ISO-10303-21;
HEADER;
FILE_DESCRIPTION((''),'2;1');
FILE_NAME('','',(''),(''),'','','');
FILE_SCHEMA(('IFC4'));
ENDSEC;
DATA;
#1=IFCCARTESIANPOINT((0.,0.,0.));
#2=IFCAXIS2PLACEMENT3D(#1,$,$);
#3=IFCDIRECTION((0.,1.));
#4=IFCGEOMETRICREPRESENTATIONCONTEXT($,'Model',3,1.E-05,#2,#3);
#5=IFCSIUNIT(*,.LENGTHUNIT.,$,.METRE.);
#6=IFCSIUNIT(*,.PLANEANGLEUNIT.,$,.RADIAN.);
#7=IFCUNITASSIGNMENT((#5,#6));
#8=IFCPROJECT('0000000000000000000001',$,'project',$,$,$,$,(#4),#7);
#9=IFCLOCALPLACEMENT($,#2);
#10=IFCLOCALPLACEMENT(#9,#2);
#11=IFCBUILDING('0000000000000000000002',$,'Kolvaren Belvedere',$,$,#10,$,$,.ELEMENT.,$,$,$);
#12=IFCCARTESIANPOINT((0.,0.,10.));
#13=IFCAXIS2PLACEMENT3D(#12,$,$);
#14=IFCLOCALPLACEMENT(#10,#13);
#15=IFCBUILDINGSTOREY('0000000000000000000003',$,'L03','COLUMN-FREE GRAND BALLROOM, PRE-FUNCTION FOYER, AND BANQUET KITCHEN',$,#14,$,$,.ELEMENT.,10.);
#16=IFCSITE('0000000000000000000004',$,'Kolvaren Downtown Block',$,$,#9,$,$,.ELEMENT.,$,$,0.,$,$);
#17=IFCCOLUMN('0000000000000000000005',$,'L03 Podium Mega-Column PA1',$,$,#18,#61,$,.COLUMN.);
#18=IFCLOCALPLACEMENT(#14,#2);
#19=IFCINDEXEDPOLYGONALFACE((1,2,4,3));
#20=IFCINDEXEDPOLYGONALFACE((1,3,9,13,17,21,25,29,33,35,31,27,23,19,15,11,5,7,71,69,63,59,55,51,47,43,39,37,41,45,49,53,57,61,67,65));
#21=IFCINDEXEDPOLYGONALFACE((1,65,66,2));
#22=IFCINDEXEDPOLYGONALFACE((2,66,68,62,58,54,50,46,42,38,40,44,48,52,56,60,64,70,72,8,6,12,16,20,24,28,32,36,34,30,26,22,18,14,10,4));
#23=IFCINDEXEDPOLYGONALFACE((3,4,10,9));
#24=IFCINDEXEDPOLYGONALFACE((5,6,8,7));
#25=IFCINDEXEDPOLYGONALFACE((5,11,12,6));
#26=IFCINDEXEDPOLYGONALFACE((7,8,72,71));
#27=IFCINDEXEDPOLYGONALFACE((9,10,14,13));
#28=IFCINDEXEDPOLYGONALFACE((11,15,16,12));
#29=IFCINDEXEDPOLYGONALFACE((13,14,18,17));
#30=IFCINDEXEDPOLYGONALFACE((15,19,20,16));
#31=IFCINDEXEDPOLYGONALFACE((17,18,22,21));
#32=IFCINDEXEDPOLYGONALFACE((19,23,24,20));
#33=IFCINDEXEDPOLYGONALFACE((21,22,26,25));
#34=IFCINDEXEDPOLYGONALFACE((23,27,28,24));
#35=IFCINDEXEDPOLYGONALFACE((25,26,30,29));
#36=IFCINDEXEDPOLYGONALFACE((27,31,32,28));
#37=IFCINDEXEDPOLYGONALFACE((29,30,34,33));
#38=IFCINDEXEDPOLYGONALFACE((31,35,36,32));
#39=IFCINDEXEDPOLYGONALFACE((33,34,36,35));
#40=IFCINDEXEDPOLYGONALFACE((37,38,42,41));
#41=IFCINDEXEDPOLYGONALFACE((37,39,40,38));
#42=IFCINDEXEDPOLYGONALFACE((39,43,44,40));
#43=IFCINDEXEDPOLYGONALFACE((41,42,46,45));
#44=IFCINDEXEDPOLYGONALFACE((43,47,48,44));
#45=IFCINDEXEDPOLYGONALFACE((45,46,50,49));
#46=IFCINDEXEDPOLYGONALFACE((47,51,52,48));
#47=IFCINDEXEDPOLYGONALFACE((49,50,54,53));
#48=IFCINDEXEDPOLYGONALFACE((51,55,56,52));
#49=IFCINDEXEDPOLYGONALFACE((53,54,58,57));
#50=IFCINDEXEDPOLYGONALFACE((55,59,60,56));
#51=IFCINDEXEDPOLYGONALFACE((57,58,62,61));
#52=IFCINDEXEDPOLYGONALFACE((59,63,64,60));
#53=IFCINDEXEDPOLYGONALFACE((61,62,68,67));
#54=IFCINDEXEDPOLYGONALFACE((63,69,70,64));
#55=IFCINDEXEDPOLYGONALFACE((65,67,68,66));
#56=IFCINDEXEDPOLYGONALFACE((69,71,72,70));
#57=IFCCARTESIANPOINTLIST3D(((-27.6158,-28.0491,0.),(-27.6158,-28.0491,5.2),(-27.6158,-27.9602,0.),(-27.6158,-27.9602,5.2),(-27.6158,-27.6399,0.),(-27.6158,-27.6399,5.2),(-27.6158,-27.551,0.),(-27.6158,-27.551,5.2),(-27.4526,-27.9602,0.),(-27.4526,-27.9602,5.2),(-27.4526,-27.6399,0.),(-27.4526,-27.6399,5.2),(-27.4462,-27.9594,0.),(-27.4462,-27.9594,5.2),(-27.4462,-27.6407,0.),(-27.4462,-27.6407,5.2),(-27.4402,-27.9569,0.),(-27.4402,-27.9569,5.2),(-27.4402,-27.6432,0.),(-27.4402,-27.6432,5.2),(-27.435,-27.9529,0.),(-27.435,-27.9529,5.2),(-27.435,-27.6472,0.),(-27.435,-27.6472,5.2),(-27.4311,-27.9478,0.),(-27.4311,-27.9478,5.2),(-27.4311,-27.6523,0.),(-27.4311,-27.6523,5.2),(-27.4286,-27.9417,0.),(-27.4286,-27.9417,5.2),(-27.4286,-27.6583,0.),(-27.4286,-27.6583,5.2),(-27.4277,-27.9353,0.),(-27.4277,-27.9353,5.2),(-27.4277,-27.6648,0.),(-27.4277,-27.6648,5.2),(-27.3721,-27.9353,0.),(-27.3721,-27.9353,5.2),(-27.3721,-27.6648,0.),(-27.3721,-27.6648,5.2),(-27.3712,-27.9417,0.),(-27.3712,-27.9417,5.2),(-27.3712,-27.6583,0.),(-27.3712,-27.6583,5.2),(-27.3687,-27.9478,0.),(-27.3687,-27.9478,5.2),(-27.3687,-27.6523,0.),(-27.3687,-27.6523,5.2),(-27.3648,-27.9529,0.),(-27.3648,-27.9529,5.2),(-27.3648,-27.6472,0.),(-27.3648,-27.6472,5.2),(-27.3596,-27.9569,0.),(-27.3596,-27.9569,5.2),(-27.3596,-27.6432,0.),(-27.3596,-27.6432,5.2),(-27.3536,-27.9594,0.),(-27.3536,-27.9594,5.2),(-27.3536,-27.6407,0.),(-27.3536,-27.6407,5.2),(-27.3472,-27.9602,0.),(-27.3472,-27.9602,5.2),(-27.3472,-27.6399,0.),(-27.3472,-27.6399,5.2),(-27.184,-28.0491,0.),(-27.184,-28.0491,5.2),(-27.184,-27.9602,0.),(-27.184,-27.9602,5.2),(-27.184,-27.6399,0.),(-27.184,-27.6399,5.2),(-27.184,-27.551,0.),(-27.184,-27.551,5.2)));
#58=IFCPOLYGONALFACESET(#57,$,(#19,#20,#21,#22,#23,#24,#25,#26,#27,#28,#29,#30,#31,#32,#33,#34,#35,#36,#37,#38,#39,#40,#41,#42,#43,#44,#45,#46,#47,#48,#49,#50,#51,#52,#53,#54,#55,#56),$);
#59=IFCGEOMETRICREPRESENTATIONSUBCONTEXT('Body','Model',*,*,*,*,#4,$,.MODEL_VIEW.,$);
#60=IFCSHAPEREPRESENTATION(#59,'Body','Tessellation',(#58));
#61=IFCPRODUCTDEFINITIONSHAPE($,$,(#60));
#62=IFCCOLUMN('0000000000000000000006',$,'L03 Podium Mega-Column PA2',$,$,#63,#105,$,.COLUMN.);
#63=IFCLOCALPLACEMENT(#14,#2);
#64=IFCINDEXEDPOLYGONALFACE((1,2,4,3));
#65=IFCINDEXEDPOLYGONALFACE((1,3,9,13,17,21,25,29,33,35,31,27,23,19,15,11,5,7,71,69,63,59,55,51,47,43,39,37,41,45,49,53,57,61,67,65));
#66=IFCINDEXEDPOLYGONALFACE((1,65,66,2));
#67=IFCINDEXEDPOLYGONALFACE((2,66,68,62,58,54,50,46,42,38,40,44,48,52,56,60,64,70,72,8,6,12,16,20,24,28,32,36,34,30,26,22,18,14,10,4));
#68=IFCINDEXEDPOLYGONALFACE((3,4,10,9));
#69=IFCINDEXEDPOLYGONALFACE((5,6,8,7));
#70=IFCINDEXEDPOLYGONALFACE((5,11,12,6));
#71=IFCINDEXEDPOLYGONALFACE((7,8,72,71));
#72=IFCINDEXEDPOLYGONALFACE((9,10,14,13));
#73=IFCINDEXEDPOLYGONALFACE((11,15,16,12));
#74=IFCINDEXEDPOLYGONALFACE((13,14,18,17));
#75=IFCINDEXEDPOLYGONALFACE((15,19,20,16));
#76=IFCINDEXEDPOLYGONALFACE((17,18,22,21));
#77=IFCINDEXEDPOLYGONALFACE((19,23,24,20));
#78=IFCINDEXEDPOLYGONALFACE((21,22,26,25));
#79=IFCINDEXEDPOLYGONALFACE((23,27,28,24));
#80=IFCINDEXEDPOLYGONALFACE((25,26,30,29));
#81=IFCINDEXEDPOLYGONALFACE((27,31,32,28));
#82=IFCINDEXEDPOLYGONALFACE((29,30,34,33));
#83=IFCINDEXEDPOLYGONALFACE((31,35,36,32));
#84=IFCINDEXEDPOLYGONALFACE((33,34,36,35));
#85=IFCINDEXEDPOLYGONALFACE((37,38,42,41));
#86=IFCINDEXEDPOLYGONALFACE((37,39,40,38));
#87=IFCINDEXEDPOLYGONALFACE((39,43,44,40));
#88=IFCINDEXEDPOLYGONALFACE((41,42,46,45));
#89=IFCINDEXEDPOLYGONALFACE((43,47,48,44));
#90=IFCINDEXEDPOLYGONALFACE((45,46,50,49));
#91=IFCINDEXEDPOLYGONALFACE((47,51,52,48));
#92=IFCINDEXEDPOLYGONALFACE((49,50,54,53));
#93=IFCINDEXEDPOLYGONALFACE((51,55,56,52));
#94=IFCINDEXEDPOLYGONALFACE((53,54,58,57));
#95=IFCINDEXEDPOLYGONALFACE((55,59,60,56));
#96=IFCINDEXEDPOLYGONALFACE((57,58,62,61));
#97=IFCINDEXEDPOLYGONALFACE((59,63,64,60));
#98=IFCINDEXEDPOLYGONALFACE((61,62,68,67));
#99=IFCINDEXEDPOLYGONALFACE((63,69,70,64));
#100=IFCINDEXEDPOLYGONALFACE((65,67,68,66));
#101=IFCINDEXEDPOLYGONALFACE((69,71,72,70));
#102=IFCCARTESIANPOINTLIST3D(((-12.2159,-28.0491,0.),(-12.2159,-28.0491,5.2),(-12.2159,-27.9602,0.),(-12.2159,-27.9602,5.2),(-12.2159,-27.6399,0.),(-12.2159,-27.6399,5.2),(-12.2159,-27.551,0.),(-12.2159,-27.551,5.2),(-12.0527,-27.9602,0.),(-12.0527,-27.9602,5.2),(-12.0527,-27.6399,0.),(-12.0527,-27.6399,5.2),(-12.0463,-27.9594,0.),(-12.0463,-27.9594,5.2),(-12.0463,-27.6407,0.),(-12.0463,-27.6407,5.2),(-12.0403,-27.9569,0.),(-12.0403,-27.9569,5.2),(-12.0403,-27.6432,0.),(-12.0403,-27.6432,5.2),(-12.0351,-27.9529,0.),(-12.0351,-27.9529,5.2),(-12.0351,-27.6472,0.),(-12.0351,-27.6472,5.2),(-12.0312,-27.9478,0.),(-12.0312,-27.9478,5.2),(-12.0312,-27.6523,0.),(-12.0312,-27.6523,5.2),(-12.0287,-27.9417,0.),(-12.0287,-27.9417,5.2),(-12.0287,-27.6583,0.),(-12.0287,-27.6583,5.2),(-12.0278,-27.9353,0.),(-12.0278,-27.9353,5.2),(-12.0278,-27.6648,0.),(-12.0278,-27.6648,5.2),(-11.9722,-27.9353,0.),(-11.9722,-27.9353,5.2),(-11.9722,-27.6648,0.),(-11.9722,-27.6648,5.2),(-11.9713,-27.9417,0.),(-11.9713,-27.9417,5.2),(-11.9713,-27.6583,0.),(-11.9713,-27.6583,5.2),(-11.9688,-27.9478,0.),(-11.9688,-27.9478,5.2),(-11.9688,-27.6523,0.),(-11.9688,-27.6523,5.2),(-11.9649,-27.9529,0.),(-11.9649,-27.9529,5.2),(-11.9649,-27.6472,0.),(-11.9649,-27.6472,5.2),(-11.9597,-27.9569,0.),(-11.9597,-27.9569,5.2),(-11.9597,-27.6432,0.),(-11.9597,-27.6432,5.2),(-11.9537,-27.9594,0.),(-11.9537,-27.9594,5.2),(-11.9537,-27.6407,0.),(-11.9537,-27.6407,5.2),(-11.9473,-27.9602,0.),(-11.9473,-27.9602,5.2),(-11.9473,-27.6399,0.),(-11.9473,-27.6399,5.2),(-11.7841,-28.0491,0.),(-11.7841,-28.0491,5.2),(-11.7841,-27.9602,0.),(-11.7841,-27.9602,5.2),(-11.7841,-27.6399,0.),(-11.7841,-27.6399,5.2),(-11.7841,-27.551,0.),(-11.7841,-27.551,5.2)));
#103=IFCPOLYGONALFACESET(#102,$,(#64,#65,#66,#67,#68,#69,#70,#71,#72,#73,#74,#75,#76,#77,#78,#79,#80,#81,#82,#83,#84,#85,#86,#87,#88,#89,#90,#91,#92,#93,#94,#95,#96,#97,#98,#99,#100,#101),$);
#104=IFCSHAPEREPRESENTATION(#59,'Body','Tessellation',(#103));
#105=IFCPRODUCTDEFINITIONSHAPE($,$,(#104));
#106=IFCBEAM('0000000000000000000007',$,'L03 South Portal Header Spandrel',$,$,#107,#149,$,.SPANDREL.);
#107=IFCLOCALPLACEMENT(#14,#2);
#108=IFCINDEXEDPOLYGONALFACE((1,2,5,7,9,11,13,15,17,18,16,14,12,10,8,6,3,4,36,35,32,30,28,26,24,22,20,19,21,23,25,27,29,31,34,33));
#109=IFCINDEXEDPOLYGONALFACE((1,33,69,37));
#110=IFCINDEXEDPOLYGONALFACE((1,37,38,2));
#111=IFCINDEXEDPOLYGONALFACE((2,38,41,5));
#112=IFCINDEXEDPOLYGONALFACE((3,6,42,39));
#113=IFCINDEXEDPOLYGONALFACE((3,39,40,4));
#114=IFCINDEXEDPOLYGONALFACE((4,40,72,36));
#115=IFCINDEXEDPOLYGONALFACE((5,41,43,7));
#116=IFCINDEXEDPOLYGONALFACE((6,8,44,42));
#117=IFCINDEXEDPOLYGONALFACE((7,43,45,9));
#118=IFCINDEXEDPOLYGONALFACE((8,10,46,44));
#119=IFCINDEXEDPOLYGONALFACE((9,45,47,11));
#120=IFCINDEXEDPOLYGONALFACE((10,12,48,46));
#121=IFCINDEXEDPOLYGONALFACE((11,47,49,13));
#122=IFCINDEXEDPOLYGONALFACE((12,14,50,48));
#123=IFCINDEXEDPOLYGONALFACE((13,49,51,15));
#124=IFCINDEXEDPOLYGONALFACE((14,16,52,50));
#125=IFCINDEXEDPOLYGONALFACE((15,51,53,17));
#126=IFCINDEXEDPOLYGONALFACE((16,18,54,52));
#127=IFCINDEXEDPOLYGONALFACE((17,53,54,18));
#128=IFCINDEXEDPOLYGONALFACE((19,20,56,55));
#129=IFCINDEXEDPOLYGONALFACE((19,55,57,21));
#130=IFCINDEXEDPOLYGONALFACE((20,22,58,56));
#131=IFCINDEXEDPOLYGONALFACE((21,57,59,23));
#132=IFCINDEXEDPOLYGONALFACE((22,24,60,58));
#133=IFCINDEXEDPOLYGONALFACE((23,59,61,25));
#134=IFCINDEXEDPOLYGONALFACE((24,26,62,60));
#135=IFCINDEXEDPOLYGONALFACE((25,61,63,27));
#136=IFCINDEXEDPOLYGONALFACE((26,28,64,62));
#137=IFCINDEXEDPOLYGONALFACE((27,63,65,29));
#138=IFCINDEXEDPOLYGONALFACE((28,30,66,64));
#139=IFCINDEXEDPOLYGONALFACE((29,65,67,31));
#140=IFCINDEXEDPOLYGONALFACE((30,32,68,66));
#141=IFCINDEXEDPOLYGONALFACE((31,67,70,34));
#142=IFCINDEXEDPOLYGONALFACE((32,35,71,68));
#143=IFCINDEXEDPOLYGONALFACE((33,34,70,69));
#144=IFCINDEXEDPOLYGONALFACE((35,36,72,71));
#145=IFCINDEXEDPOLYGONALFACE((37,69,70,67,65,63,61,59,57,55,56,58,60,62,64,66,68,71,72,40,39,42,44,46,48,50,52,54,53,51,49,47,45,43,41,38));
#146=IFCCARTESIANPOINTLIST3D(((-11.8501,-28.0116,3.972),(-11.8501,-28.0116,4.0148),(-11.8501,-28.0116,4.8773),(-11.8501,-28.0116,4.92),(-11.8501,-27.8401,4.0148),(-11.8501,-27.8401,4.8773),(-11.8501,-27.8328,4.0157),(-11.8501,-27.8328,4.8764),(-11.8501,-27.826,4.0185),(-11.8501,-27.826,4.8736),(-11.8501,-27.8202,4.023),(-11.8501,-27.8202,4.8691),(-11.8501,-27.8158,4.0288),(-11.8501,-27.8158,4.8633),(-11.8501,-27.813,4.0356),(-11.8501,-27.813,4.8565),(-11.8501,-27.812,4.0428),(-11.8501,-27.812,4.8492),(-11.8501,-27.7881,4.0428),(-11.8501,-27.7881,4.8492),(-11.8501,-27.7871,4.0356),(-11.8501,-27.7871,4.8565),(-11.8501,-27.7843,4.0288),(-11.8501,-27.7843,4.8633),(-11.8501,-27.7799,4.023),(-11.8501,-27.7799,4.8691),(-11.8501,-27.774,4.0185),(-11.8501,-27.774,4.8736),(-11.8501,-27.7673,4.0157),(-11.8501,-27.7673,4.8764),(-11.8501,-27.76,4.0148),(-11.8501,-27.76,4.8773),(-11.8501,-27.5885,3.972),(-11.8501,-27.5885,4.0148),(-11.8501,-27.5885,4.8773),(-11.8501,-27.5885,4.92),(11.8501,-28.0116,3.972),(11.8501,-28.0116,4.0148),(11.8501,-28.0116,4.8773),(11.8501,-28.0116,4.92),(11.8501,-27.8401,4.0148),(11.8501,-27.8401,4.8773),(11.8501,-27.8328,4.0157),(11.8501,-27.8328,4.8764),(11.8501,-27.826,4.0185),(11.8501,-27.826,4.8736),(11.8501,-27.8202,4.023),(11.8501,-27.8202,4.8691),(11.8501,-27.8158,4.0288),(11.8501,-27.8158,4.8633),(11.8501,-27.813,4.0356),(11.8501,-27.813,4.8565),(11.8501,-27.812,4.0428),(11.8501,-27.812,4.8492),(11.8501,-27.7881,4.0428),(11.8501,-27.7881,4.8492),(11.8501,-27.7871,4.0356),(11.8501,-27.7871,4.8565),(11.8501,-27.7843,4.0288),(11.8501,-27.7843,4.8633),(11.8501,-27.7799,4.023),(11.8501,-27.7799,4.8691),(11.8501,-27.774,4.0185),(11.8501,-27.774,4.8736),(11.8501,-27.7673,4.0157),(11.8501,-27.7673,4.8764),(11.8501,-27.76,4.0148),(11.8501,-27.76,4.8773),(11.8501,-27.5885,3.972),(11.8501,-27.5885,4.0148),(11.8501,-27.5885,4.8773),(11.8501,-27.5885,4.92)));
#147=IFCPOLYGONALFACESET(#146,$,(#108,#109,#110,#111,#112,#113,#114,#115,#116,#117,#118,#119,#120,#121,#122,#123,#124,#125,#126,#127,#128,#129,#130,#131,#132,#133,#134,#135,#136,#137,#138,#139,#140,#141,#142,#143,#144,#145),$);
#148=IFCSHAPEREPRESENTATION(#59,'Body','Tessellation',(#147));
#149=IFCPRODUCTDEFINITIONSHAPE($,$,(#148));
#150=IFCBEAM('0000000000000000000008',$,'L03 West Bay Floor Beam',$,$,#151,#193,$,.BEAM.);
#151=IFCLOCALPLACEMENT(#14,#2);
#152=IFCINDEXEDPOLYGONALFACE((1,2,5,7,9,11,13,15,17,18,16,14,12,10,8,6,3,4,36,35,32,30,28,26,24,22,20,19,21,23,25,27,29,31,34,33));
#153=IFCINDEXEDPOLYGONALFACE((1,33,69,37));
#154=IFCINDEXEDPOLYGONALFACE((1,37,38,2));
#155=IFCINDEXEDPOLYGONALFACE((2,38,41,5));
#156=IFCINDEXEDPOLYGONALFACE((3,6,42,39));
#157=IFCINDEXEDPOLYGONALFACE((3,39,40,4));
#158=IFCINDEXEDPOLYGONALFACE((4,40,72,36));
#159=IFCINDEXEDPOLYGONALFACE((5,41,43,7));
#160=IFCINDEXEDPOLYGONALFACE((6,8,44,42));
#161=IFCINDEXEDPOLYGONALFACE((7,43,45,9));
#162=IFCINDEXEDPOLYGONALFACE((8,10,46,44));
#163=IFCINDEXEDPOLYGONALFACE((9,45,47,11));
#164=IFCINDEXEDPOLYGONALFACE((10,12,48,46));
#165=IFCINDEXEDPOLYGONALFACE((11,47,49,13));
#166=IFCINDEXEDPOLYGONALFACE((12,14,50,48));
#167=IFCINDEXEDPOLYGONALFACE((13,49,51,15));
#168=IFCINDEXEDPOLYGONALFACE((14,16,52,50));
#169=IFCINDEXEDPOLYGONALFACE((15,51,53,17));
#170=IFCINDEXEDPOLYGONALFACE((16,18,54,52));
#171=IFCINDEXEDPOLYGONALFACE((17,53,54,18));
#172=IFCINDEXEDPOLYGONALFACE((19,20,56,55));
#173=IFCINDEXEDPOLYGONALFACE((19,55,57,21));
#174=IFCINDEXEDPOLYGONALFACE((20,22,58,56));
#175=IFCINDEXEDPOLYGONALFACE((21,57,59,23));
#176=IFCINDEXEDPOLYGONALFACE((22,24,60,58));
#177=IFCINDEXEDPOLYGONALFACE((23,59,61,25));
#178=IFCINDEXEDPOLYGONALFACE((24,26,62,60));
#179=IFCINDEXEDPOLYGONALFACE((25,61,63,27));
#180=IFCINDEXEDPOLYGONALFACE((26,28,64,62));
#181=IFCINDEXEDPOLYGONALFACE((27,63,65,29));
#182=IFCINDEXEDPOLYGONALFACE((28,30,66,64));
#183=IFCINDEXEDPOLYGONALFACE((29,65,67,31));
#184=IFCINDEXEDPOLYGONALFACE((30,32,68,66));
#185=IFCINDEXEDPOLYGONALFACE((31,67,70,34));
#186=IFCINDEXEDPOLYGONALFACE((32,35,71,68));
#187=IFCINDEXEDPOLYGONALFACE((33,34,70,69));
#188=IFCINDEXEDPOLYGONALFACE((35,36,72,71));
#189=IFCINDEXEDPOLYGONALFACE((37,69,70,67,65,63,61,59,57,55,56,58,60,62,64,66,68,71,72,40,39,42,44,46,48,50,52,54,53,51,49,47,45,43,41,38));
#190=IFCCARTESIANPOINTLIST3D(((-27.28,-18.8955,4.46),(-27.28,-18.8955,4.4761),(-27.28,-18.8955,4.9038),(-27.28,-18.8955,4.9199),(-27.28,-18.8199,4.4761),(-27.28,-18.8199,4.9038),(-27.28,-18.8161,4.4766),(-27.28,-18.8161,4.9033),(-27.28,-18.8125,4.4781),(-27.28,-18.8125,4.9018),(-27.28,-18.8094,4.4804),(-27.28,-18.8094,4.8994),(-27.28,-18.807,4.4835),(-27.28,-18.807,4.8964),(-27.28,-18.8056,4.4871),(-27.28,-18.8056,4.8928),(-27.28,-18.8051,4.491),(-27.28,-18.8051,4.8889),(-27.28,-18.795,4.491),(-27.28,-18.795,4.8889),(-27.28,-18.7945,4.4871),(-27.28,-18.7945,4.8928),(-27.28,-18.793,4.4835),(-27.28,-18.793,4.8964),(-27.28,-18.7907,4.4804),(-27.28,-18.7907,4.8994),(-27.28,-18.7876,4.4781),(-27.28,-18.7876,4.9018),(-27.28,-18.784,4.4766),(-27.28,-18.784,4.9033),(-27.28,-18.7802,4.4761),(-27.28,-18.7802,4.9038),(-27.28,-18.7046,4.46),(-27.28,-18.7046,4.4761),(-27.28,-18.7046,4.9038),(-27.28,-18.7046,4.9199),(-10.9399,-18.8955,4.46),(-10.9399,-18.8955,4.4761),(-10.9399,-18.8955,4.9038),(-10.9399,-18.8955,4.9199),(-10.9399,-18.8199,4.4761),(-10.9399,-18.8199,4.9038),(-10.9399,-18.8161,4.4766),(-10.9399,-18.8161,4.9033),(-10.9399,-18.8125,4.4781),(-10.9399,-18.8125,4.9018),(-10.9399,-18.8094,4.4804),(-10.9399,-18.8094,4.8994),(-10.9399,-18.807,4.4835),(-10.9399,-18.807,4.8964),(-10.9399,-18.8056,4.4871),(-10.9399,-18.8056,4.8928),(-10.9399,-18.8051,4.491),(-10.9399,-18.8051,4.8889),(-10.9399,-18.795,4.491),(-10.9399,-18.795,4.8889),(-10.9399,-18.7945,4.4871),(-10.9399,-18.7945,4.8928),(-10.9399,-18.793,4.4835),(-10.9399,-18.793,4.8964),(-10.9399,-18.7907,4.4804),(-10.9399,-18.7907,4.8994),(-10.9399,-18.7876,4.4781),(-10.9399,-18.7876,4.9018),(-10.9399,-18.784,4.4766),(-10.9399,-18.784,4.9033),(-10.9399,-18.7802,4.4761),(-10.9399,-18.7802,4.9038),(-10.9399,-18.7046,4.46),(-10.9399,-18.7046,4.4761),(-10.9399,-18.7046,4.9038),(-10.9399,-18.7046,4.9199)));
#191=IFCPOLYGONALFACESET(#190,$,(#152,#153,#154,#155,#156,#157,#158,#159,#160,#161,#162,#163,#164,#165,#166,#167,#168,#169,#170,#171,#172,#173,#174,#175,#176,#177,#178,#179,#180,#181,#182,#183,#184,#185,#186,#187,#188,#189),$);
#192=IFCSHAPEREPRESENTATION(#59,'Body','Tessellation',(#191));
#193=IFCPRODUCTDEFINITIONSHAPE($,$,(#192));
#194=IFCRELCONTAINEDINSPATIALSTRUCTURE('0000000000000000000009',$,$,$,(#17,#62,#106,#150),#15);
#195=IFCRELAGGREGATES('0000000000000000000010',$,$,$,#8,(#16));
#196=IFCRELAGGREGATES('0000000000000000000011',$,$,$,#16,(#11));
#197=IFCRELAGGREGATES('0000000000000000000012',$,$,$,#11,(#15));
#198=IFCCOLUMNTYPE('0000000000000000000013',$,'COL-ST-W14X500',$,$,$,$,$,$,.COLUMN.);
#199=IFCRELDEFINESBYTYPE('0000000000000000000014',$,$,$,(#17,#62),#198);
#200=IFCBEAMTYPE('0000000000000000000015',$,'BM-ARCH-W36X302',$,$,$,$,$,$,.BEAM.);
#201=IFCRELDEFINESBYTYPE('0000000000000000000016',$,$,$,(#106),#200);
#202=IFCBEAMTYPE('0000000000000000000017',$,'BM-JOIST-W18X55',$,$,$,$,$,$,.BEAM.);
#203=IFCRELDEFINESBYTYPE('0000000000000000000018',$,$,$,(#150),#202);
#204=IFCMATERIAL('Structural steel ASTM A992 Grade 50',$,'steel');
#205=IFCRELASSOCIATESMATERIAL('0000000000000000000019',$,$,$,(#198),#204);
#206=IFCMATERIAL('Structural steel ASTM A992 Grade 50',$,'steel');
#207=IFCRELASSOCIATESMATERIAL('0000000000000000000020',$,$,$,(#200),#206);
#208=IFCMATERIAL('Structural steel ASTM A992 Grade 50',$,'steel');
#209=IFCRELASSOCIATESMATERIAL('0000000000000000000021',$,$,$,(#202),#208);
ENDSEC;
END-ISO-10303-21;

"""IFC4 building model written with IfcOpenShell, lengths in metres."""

from ifc_helpers import new_model, si_unit, direction, frame, origin, origin_2d, place, context, subcontext, project, spatial, i_section, extrude, material, material_profile, profile_set, type_object, element, save


model = new_model("IFC4")

# Units and contexts
model_context = context("Model", 3, precision=1e-05, world=origin(), true_north=direction((0.0, 1.0)))
body_context = subcontext(model_context, "Body", "Model", "MODEL_VIEW")
ifc_project = project(units=[si_unit("LENGTHUNIT", "METRE"), si_unit("PLANEANGLEUNIT", "RADIAN")], contexts=[model_context])

# Site, building, storey
site_placement = place(None, origin())
site = spatial("IfcSite", under=ifc_project, at=site_placement, Name="Kolvaren Downtown Block", CompositionType="ELEMENT", RefElevation=0.0)
building_placement = place(site_placement, origin())
building = spatial("IfcBuilding", under=site, at=building_placement, Name="Kolvaren Belvedere", CompositionType="ELEMENT")
storey_placement = place(building_placement, frame((0.0, 0.0, 10.0)))
storey = spatial("IfcBuildingStorey", under=building, at=storey_placement, Name="L03", Description="COLUMN-FREE GRAND BALLROOM, PRE-FUNCTION FOYER, AND BANQUET KITCHEN", CompositionType="ELEMENT", Elevation=10.0)

# Columns
ifc_material_1 = material(Name="Structural steel ASTM A992 Grade 50", Category="steel")
ifc_material_profile_1 = material_profile(ifc_material_1, i_section(OverallWidth=0.4319, OverallDepth=0.498, WebThickness=0.0557, FlangeThickness=0.0889, FilletRadius=0.0249, at=origin_2d()), Name="W14X500")
ifc_profile_set_1 = profile_set([ifc_material_profile_1], Name="Structural steel ASTM A992 Grade 50")
column_type = type_object("IfcColumnType", Name="COL-ST-W14X500", PredefinedType="COLUMN", material=ifc_profile_set_1)
for number, where, z_axis, x_axis, name in (
    (1, (-27.3999, -27.8, 0.0), (0.0, 0.0, 1.0), (1.0, 0.0, 0.0), "L03 Podium Mega-Column PA1"),
    (2, (-12.0, -27.8, 0.0), (0.0, 0.0, 1.0), (1.0, 0.0, 0.0), "L03 Podium Mega-Column PA2"),
):
    element("IfcColumn", number, at=place(storey_placement, frame(where, z_axis=z_axis, x_axis=x_axis)), inside=storey, type_object=column_type, Name=name, PredefinedType="COLUMN", context=body_context, shape_type="SweptSolid", body=[
        extrude(i_section(OverallWidth=0.4319, OverallDepth=0.498, WebThickness=0.0557, FlangeThickness=0.0889, FilletRadius=0.0249, at=origin_2d()), origin(), (0.0, 0.0, 1.0), 5.2),
    ])

# Beams
ifc_material_2 = material(Name="Structural steel ASTM A992 Grade 50", Category="steel")
ifc_material_profile_2 = material_profile(ifc_material_2, i_section(OverallWidth=0.4231, OverallDepth=0.948, WebThickness=0.0239, FlangeThickness=0.0427, FilletRadius=0.0281, at=origin_2d()), Name="W36X302")
ifc_profile_set_2 = profile_set([ifc_material_profile_2], Name="Structural steel ASTM A992 Grade 50")
beam_type_1 = type_object("IfcBeamType", Name="BM-ARCH-W36X302", PredefinedType="BEAM", material=ifc_profile_set_2)
beam_1_placement = place(storey_placement, frame((-11.8501, -27.8, 4.446), z_axis=(1.0, 0.0, 0.0), x_axis=(0.0, 1.0, 0.0)))
element("IfcBeam", 3, at=beam_1_placement, inside=storey, type_object=beam_type_1, Name="L03 South Portal Header Spandrel", PredefinedType="SPANDREL", context=body_context, shape_type="SweptSolid", body=[
    extrude(i_section(OverallWidth=0.4231, OverallDepth=0.948, WebThickness=0.0239, FlangeThickness=0.0427, FilletRadius=0.0281, at=origin_2d()), origin(), (0.0, 0.0, 1.0), 23.7002),
])
ifc_material_3 = material(Name="Structural steel ASTM A992 Grade 50", Category="steel")
ifc_material_profile_3 = material_profile(ifc_material_3, i_section(OverallWidth=0.1909, OverallDepth=0.46, WebThickness=0.01, FlangeThickness=0.0161, FilletRadius=0.0149, at=origin_2d()), Name="W18X55")
ifc_profile_set_3 = profile_set([ifc_material_profile_3], Name="Structural steel ASTM A992 Grade 50")
beam_type_2 = type_object("IfcBeamType", Name="BM-JOIST-W18X55", PredefinedType="BEAM", material=ifc_profile_set_3)
beam_2_placement = place(storey_placement, frame((-27.28, -18.8, 4.6899), z_axis=(1.0, 0.0, 0.0), x_axis=(0.0, 1.0, 0.0)))
element("IfcBeam", 4, at=beam_2_placement, inside=storey, type_object=beam_type_2, Name="L03 West Bay Floor Beam", PredefinedType="BEAM", context=body_context, shape_type="SweptSolid", body=[
    extrude(i_section(OverallWidth=0.1909, OverallDepth=0.46, WebThickness=0.01, FlangeThickness=0.0161, FilletRadius=0.0149, at=origin_2d()), origin(), (0.0, 0.0, 1.0), 16.3401),
])

save(model, "model.ifc")
